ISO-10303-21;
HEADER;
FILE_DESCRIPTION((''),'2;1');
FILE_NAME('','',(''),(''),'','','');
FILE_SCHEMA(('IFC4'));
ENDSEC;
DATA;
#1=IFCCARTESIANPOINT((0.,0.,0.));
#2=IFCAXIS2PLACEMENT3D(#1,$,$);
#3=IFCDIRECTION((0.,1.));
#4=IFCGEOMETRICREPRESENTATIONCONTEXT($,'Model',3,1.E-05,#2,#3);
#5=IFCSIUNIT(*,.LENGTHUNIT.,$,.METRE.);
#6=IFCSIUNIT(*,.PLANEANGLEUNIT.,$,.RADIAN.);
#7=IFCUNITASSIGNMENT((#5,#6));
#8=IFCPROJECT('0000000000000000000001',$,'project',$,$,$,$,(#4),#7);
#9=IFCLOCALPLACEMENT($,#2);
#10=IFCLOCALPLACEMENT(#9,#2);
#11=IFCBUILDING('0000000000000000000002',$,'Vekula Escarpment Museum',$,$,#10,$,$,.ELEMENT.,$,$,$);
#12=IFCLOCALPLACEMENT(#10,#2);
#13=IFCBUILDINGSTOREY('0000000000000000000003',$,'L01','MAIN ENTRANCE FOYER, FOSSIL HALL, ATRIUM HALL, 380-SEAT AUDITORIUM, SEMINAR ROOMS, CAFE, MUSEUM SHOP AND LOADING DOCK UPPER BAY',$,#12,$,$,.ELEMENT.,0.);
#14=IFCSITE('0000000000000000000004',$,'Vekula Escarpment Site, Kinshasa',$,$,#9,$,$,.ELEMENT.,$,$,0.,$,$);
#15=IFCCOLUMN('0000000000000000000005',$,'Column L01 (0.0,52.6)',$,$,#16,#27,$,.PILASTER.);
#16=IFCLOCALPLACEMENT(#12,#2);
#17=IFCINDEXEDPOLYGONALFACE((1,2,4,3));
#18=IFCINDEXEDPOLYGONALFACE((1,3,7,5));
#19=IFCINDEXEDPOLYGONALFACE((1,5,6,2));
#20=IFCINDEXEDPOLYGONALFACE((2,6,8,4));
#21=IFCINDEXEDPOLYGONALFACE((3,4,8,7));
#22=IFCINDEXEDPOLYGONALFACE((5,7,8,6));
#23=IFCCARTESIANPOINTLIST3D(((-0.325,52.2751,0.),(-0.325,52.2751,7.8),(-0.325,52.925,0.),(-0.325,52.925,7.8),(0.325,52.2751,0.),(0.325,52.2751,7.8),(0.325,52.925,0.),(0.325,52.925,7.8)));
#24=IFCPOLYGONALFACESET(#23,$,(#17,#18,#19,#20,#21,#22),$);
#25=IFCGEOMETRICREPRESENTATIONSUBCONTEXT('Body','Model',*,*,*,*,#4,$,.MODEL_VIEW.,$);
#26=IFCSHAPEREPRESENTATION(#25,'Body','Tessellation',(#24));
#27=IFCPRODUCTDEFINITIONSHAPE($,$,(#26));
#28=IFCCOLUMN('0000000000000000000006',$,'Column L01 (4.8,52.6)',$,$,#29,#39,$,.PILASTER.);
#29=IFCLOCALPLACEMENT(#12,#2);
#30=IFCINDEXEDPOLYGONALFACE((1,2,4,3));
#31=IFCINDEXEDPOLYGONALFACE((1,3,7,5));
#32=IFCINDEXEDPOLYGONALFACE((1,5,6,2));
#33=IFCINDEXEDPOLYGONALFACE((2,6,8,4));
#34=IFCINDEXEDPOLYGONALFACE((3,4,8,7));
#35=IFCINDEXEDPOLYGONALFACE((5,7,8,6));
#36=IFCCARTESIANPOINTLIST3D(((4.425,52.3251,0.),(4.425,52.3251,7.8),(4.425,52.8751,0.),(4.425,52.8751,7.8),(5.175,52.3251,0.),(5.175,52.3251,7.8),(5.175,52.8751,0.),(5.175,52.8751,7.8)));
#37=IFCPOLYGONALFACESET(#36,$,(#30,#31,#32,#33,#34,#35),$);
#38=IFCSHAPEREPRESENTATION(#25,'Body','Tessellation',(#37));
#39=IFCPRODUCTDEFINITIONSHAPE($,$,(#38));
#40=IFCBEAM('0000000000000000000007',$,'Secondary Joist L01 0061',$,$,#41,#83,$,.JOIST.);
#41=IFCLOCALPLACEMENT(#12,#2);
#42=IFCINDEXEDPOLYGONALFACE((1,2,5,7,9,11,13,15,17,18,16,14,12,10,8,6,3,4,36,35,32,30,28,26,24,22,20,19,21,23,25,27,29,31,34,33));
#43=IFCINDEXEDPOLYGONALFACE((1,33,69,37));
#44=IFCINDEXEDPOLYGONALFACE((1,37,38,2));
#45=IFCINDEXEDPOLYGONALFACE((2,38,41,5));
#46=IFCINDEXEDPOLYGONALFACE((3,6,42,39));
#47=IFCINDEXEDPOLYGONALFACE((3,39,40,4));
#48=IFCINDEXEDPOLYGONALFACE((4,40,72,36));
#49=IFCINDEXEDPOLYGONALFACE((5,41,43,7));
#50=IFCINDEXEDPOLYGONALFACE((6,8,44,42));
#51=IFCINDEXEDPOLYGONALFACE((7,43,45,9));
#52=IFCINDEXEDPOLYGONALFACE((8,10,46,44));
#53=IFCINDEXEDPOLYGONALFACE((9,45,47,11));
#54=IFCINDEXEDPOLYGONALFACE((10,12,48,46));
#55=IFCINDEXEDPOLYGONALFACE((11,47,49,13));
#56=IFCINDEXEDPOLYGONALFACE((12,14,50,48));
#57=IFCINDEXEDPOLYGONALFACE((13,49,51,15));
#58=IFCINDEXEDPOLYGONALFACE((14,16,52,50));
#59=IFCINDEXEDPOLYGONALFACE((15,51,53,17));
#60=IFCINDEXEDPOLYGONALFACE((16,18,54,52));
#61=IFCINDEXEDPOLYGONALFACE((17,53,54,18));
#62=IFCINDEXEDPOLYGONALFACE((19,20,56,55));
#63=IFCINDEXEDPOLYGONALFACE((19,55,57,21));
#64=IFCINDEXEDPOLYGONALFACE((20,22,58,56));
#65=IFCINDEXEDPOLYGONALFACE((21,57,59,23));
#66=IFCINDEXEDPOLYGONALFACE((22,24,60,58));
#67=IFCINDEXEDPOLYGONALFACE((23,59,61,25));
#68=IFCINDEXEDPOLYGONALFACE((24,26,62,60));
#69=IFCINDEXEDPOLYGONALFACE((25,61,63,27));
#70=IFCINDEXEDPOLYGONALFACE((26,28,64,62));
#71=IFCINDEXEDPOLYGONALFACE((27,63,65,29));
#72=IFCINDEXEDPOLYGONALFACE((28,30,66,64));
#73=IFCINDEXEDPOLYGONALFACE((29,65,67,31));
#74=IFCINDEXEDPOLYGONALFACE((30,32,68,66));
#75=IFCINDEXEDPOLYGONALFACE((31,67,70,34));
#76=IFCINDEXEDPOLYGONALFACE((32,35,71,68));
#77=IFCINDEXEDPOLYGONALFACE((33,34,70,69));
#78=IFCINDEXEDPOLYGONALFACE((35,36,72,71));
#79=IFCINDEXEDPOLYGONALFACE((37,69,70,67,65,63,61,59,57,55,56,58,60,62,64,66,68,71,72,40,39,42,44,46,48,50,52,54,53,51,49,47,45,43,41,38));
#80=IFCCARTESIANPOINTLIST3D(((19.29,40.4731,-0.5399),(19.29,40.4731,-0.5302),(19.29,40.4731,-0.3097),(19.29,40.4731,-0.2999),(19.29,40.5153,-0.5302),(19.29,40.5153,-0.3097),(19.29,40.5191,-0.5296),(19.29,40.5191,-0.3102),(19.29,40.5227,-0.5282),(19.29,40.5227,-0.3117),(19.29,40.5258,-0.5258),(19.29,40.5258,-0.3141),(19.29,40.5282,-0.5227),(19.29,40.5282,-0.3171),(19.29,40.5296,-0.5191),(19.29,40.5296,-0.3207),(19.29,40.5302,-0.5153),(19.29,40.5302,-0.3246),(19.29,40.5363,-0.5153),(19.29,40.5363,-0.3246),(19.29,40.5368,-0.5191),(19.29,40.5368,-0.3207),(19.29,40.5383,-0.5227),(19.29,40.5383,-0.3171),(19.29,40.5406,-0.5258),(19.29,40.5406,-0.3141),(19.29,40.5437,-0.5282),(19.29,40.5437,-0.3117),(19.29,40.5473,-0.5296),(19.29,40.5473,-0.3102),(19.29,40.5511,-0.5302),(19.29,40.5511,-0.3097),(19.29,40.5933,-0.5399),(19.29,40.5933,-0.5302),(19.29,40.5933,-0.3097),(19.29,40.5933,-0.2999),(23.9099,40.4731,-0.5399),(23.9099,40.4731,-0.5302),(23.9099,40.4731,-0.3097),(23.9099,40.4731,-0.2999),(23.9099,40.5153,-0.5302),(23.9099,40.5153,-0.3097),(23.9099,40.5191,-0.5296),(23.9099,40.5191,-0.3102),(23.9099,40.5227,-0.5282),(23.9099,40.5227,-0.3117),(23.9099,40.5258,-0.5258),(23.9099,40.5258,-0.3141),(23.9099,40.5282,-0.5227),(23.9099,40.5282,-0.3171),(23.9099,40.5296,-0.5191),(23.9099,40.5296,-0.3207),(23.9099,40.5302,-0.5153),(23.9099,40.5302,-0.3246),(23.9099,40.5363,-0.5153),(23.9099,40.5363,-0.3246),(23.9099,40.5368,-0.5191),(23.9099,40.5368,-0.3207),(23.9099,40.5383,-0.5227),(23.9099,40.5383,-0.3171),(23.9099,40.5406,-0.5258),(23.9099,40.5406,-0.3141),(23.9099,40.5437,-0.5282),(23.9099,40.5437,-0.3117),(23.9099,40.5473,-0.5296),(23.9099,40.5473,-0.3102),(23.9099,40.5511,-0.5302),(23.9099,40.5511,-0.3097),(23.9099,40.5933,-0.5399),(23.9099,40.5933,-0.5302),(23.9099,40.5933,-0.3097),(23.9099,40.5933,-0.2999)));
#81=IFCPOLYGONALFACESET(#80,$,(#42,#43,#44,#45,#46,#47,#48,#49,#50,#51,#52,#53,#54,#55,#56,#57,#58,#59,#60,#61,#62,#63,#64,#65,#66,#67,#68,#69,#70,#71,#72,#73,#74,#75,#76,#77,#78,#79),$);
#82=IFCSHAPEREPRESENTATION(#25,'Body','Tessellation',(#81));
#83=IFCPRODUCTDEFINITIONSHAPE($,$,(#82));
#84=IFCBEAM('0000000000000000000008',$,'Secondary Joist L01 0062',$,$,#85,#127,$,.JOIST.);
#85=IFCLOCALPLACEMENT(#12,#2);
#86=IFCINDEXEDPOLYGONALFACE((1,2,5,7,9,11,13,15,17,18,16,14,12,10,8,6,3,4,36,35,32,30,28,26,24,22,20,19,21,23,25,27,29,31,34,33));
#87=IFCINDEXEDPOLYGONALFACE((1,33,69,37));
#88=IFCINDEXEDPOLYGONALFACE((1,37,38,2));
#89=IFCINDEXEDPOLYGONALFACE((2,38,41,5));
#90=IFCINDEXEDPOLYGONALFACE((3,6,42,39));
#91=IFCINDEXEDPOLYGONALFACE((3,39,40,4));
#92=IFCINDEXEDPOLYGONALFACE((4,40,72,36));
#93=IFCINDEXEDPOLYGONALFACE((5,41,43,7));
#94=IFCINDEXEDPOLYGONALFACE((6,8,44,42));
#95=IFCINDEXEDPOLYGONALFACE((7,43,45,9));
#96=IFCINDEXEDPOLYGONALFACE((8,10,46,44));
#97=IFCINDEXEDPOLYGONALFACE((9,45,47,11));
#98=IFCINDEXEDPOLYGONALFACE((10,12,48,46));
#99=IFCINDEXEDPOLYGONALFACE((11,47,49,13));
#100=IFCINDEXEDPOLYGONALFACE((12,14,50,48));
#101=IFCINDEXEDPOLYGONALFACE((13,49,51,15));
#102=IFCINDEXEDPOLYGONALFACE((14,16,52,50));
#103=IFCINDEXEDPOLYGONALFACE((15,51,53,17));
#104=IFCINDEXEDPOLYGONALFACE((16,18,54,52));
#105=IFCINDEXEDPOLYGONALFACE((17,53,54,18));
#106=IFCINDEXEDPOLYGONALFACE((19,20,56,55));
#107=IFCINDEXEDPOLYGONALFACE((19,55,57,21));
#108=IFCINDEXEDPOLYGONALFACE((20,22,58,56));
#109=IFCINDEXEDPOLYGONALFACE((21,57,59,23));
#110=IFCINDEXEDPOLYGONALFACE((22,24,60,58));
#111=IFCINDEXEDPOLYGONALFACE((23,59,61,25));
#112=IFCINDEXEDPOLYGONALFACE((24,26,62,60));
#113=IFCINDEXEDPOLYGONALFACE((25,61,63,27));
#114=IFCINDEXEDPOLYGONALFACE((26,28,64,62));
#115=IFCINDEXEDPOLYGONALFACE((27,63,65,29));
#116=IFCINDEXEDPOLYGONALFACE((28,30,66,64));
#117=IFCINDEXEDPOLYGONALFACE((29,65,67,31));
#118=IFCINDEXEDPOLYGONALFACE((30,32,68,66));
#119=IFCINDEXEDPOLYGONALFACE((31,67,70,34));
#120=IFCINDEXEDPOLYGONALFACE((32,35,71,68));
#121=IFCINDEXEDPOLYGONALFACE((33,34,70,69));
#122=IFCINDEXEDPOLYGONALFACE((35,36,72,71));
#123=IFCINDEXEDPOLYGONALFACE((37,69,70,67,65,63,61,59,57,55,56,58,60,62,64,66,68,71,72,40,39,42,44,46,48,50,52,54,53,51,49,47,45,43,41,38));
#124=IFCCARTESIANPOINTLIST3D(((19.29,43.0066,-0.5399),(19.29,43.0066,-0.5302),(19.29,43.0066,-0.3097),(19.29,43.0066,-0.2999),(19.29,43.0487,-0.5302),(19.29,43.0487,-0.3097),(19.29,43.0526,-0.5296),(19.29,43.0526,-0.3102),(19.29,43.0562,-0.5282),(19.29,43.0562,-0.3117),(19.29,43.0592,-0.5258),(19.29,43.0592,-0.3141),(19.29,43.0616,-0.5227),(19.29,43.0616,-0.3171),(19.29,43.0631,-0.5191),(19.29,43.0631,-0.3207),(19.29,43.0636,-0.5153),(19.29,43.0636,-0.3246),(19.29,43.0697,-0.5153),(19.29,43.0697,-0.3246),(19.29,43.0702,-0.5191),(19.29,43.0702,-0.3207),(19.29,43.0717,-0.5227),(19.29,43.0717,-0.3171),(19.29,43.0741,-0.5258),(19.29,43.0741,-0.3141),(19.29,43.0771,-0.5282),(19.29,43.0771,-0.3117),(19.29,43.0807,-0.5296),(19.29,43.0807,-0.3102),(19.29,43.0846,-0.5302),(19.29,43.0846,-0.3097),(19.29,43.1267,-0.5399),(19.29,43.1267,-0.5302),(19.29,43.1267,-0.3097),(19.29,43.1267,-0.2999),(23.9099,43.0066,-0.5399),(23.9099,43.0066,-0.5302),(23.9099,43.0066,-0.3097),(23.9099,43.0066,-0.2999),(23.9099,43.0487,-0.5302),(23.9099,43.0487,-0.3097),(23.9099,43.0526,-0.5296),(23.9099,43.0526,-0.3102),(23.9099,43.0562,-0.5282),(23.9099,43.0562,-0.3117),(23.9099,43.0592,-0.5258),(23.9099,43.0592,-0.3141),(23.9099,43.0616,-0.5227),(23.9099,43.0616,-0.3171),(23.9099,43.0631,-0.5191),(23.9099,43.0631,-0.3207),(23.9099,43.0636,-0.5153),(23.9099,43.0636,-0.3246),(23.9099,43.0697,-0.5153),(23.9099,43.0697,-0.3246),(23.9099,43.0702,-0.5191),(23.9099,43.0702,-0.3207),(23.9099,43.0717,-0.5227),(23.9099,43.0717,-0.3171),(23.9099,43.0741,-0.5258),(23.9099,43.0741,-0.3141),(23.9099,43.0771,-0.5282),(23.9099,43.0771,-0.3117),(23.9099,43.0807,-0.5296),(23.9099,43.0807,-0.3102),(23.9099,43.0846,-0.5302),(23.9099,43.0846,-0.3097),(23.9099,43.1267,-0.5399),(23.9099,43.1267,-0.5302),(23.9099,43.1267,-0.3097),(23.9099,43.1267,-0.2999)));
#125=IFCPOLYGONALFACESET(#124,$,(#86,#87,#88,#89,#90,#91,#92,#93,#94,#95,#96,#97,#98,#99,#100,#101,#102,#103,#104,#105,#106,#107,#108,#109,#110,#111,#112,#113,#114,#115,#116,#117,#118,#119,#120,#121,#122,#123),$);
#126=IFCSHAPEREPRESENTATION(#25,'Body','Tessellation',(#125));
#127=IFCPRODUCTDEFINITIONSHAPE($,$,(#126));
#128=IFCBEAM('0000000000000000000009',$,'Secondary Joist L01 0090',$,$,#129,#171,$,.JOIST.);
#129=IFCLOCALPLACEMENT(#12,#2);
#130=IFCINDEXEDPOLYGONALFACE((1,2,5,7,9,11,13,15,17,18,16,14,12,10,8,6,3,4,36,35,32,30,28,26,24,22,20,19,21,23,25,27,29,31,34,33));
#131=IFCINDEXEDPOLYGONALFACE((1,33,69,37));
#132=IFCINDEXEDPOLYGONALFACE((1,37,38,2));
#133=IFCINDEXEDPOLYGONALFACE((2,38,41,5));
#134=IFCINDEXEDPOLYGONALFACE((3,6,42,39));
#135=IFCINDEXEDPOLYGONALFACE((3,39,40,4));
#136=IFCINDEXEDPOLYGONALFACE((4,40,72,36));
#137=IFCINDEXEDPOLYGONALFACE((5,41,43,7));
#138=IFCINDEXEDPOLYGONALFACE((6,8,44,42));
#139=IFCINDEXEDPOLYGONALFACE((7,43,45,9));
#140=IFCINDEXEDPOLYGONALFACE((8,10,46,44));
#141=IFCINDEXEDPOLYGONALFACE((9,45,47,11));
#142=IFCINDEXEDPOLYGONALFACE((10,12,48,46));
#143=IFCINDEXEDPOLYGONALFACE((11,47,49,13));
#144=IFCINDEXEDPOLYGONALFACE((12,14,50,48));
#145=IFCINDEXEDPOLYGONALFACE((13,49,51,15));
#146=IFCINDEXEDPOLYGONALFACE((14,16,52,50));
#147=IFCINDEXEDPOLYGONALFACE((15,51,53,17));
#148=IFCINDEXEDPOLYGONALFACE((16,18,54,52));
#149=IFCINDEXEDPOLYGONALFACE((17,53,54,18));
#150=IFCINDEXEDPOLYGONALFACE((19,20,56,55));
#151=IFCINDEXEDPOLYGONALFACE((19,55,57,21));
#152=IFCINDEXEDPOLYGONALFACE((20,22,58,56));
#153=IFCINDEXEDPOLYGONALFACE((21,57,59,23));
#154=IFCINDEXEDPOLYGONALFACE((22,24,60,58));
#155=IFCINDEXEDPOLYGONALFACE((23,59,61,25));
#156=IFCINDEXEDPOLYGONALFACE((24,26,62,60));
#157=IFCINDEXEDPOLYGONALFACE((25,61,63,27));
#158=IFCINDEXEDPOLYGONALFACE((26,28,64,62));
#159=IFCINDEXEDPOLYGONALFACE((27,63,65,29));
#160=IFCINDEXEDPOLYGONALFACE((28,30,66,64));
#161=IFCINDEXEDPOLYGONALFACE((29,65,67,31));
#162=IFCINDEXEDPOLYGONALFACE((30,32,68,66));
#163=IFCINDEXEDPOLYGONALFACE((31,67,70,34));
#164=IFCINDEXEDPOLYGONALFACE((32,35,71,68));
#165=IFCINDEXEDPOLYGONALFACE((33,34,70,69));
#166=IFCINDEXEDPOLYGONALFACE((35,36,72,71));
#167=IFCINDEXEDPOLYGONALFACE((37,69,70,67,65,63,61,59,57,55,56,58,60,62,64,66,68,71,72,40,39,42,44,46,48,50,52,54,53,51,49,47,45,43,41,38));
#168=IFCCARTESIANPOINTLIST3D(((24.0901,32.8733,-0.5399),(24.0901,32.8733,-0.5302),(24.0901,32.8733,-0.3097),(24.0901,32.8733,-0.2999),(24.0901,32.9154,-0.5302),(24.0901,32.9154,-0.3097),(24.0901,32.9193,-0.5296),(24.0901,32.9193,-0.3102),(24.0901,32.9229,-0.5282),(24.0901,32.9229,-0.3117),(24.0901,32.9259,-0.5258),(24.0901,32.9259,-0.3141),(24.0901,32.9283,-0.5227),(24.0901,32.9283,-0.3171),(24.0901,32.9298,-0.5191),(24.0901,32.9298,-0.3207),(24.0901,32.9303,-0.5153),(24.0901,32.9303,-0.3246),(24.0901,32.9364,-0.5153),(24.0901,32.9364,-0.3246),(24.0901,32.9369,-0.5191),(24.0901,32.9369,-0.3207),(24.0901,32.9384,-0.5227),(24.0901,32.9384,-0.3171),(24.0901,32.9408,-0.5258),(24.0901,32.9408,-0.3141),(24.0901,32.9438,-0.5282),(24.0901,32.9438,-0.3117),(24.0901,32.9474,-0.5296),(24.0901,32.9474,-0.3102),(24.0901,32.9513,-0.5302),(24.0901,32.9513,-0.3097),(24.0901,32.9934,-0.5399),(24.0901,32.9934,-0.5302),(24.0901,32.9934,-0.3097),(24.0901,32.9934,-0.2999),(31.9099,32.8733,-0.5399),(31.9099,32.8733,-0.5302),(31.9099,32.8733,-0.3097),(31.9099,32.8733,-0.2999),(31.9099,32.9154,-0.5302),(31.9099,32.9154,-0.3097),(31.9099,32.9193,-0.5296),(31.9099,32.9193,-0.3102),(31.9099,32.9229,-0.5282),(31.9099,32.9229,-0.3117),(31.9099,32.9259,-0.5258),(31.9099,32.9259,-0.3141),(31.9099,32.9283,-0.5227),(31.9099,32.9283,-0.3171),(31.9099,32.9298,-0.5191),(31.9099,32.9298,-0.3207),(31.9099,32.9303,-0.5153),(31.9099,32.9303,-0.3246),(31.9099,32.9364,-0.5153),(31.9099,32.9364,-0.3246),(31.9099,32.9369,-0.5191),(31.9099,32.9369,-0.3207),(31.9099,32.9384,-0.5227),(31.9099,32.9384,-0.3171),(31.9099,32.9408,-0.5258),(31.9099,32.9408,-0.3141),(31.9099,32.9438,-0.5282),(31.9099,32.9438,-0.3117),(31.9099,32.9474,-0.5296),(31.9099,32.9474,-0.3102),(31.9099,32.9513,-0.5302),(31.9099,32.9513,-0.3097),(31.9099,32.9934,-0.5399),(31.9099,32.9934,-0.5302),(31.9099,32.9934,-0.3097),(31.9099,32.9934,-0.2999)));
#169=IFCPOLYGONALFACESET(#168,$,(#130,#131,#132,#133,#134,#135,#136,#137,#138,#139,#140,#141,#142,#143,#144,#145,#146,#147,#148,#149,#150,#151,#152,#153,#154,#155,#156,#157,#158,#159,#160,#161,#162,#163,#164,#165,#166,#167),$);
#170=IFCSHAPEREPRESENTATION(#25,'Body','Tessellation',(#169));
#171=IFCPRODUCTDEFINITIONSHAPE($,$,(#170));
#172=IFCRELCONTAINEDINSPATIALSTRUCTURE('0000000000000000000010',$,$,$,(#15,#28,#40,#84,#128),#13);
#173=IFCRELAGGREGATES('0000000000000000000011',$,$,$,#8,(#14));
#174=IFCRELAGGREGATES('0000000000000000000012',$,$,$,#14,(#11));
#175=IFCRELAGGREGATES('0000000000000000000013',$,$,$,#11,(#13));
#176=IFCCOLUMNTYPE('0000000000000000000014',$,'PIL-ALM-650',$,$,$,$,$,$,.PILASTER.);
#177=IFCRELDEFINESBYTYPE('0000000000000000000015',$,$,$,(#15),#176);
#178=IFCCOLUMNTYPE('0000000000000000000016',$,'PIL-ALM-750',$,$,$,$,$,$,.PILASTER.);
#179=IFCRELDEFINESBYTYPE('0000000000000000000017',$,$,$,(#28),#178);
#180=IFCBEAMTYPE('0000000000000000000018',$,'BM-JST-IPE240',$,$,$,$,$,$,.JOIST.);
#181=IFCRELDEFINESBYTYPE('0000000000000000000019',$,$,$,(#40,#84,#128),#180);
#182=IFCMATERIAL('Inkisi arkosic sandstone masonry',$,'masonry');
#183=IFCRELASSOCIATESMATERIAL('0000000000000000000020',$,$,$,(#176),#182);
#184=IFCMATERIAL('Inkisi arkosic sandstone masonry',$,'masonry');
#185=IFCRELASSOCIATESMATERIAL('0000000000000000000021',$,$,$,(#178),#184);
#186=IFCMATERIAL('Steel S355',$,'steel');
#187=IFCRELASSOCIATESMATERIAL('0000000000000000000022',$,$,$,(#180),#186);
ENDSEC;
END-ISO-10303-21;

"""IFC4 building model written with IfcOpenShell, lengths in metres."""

from ifc_helpers import new_model, si_unit, direction, frame, origin, origin_2d, place, context, subcontext, project, spatial, rectangle, i_section, extrude, material, material_profile, profile_set, type_object, element, save


model = new_model("IFC4")

# Units and contexts
model_context = context("Model", 3, precision=1e-05, world=origin(), true_north=direction((0.0, 1.0)))
body_context = subcontext(model_context, "Body", "Model", "MODEL_VIEW")
ifc_project = project(units=[si_unit("LENGTHUNIT", "METRE"), si_unit("PLANEANGLEUNIT", "RADIAN")], contexts=[model_context])

# Site, building, storey
site_placement = place(None, origin())
site = spatial("IfcSite", under=ifc_project, at=site_placement, Name="Vekula Escarpment Site, Kinshasa", CompositionType="ELEMENT", RefElevation=0.0)
building_placement = place(site_placement, origin())
building = spatial("IfcBuilding", under=site, at=building_placement, Name="Vekula Escarpment Museum", CompositionType="ELEMENT")
storey_placement = place(building_placement, origin())
storey = spatial("IfcBuildingStorey", under=building, at=storey_placement, Name="L01", Description="MAIN ENTRANCE FOYER, FOSSIL HALL, ATRIUM HALL, 380-SEAT AUDITORIUM, SEMINAR ROOMS, CAFE, MUSEUM SHOP AND LOADING DOCK UPPER BAY", CompositionType="ELEMENT", Elevation=0.0)

# Columns
ifc_material_1 = material(Name="Inkisi arkosic sandstone masonry", Category="masonry")
ifc_material_profile_1 = material_profile(ifc_material_1, rectangle(XDim=0.6499, YDim=0.6499, at=origin_2d()), Name="PIER 650x650")
ifc_profile_set_1 = profile_set([ifc_material_profile_1], Name="Inkisi arkosic sandstone masonry")
column_type_1 = type_object("IfcColumnType", Name="PIL-ALM-650", PredefinedType="PILASTER", material=ifc_profile_set_1)
column_1_placement = place(storey_placement, frame((0.0, 52.6001, 0.0), z_axis=(0.0, 0.0, 1.0), x_axis=(1.0, 0.0, 0.0)))
element("IfcColumn", 1, at=column_1_placement, inside=storey, type_object=column_type_1, Name="Column L01 (0.0,52.6)", PredefinedType="PILASTER", context=body_context, shape_type="SweptSolid", body=[
    extrude(rectangle(XDim=0.6499, YDim=0.6499, at=origin_2d()), origin(), (0.0, 0.0, 1.0), 7.8),
])
ifc_material_2 = material(Name="Inkisi arkosic sandstone masonry", Category="masonry")
ifc_material_profile_2 = material_profile(ifc_material_2, rectangle(XDim=0.75, YDim=0.55, at=origin_2d()), Name="PIER 750x550")
ifc_profile_set_2 = profile_set([ifc_material_profile_2], Name="Inkisi arkosic sandstone masonry")
column_type_2 = type_object("IfcColumnType", Name="PIL-ALM-750", PredefinedType="PILASTER", material=ifc_profile_set_2)
column_2_placement = place(storey_placement, frame((4.8, 52.6001, 0.0), z_axis=(0.0, 0.0, 1.0), x_axis=(1.0, 0.0, 0.0)))
element("IfcColumn", 2, at=column_2_placement, inside=storey, type_object=column_type_2, Name="Column L01 (4.8,52.6)", PredefinedType="PILASTER", context=body_context, shape_type="SweptSolid", body=[
    extrude(rectangle(XDim=0.75, YDim=0.55, at=origin_2d()), origin(), (0.0, 0.0, 1.0), 7.8),
])

# Beams
ifc_material_3 = material(Name="Steel S355", Category="steel")
ifc_material_profile_3 = material_profile(ifc_material_3, i_section(OverallWidth=0.1201, OverallDepth=0.24, WebThickness=0.0061, FlangeThickness=0.0098, FilletRadius=0.0149, at=origin_2d()), Name="IPE 240")
ifc_profile_set_3 = profile_set([ifc_material_profile_3], Name="Steel S355")
beam_type_1 = type_object("IfcBeamType", Name="BM-JST-IPE240", PredefinedType="JOIST", material=ifc_profile_set_3)
for number, where, z_axis, x_axis, name in (
    (3, (19.29, 40.5332, -0.4199), (1.0, 0.0, 0.0), (0.0, 1.0, 0.0), "Secondary Joist L01 0061"),
    (4, (19.29, 43.0667, -0.4199), (1.0, 0.0, 0.0), (0.0, 1.0, 0.0), "Secondary Joist L01 0062"),
):
    element("IfcBeam", number, at=place(storey_placement, frame(where, z_axis=z_axis, x_axis=x_axis)), inside=storey, type_object=beam_type_1, Name=name, PredefinedType="JOIST", context=body_context, shape_type="SweptSolid", body=[
        extrude(i_section(OverallWidth=0.1201, OverallDepth=0.24, WebThickness=0.0061, FlangeThickness=0.0098, FilletRadius=0.0149, at=origin_2d()), origin(), (0.0, 0.0, 1.0), 4.6199),
    ])
for number, where, z_axis, x_axis, name in (
    (5, (24.0901, 32.9333, -0.4199), (1.0, 0.0, 0.0), (0.0, 1.0, 0.0), "Secondary Joist L01 0090"),
):
    element("IfcBeam", number, at=place(storey_placement, frame(where, z_axis=z_axis, x_axis=x_axis)), inside=storey, type_object=beam_type_1, Name=name, PredefinedType="JOIST", context=body_context, shape_type="SweptSolid", body=[
        extrude(i_section(OverallWidth=0.1201, OverallDepth=0.24, WebThickness=0.0061, FlangeThickness=0.0098, FilletRadius=0.0149, at=origin_2d()), origin(), (0.0, 0.0, 1.0), 7.8198),
    ])

save(model, "model.ifc")
